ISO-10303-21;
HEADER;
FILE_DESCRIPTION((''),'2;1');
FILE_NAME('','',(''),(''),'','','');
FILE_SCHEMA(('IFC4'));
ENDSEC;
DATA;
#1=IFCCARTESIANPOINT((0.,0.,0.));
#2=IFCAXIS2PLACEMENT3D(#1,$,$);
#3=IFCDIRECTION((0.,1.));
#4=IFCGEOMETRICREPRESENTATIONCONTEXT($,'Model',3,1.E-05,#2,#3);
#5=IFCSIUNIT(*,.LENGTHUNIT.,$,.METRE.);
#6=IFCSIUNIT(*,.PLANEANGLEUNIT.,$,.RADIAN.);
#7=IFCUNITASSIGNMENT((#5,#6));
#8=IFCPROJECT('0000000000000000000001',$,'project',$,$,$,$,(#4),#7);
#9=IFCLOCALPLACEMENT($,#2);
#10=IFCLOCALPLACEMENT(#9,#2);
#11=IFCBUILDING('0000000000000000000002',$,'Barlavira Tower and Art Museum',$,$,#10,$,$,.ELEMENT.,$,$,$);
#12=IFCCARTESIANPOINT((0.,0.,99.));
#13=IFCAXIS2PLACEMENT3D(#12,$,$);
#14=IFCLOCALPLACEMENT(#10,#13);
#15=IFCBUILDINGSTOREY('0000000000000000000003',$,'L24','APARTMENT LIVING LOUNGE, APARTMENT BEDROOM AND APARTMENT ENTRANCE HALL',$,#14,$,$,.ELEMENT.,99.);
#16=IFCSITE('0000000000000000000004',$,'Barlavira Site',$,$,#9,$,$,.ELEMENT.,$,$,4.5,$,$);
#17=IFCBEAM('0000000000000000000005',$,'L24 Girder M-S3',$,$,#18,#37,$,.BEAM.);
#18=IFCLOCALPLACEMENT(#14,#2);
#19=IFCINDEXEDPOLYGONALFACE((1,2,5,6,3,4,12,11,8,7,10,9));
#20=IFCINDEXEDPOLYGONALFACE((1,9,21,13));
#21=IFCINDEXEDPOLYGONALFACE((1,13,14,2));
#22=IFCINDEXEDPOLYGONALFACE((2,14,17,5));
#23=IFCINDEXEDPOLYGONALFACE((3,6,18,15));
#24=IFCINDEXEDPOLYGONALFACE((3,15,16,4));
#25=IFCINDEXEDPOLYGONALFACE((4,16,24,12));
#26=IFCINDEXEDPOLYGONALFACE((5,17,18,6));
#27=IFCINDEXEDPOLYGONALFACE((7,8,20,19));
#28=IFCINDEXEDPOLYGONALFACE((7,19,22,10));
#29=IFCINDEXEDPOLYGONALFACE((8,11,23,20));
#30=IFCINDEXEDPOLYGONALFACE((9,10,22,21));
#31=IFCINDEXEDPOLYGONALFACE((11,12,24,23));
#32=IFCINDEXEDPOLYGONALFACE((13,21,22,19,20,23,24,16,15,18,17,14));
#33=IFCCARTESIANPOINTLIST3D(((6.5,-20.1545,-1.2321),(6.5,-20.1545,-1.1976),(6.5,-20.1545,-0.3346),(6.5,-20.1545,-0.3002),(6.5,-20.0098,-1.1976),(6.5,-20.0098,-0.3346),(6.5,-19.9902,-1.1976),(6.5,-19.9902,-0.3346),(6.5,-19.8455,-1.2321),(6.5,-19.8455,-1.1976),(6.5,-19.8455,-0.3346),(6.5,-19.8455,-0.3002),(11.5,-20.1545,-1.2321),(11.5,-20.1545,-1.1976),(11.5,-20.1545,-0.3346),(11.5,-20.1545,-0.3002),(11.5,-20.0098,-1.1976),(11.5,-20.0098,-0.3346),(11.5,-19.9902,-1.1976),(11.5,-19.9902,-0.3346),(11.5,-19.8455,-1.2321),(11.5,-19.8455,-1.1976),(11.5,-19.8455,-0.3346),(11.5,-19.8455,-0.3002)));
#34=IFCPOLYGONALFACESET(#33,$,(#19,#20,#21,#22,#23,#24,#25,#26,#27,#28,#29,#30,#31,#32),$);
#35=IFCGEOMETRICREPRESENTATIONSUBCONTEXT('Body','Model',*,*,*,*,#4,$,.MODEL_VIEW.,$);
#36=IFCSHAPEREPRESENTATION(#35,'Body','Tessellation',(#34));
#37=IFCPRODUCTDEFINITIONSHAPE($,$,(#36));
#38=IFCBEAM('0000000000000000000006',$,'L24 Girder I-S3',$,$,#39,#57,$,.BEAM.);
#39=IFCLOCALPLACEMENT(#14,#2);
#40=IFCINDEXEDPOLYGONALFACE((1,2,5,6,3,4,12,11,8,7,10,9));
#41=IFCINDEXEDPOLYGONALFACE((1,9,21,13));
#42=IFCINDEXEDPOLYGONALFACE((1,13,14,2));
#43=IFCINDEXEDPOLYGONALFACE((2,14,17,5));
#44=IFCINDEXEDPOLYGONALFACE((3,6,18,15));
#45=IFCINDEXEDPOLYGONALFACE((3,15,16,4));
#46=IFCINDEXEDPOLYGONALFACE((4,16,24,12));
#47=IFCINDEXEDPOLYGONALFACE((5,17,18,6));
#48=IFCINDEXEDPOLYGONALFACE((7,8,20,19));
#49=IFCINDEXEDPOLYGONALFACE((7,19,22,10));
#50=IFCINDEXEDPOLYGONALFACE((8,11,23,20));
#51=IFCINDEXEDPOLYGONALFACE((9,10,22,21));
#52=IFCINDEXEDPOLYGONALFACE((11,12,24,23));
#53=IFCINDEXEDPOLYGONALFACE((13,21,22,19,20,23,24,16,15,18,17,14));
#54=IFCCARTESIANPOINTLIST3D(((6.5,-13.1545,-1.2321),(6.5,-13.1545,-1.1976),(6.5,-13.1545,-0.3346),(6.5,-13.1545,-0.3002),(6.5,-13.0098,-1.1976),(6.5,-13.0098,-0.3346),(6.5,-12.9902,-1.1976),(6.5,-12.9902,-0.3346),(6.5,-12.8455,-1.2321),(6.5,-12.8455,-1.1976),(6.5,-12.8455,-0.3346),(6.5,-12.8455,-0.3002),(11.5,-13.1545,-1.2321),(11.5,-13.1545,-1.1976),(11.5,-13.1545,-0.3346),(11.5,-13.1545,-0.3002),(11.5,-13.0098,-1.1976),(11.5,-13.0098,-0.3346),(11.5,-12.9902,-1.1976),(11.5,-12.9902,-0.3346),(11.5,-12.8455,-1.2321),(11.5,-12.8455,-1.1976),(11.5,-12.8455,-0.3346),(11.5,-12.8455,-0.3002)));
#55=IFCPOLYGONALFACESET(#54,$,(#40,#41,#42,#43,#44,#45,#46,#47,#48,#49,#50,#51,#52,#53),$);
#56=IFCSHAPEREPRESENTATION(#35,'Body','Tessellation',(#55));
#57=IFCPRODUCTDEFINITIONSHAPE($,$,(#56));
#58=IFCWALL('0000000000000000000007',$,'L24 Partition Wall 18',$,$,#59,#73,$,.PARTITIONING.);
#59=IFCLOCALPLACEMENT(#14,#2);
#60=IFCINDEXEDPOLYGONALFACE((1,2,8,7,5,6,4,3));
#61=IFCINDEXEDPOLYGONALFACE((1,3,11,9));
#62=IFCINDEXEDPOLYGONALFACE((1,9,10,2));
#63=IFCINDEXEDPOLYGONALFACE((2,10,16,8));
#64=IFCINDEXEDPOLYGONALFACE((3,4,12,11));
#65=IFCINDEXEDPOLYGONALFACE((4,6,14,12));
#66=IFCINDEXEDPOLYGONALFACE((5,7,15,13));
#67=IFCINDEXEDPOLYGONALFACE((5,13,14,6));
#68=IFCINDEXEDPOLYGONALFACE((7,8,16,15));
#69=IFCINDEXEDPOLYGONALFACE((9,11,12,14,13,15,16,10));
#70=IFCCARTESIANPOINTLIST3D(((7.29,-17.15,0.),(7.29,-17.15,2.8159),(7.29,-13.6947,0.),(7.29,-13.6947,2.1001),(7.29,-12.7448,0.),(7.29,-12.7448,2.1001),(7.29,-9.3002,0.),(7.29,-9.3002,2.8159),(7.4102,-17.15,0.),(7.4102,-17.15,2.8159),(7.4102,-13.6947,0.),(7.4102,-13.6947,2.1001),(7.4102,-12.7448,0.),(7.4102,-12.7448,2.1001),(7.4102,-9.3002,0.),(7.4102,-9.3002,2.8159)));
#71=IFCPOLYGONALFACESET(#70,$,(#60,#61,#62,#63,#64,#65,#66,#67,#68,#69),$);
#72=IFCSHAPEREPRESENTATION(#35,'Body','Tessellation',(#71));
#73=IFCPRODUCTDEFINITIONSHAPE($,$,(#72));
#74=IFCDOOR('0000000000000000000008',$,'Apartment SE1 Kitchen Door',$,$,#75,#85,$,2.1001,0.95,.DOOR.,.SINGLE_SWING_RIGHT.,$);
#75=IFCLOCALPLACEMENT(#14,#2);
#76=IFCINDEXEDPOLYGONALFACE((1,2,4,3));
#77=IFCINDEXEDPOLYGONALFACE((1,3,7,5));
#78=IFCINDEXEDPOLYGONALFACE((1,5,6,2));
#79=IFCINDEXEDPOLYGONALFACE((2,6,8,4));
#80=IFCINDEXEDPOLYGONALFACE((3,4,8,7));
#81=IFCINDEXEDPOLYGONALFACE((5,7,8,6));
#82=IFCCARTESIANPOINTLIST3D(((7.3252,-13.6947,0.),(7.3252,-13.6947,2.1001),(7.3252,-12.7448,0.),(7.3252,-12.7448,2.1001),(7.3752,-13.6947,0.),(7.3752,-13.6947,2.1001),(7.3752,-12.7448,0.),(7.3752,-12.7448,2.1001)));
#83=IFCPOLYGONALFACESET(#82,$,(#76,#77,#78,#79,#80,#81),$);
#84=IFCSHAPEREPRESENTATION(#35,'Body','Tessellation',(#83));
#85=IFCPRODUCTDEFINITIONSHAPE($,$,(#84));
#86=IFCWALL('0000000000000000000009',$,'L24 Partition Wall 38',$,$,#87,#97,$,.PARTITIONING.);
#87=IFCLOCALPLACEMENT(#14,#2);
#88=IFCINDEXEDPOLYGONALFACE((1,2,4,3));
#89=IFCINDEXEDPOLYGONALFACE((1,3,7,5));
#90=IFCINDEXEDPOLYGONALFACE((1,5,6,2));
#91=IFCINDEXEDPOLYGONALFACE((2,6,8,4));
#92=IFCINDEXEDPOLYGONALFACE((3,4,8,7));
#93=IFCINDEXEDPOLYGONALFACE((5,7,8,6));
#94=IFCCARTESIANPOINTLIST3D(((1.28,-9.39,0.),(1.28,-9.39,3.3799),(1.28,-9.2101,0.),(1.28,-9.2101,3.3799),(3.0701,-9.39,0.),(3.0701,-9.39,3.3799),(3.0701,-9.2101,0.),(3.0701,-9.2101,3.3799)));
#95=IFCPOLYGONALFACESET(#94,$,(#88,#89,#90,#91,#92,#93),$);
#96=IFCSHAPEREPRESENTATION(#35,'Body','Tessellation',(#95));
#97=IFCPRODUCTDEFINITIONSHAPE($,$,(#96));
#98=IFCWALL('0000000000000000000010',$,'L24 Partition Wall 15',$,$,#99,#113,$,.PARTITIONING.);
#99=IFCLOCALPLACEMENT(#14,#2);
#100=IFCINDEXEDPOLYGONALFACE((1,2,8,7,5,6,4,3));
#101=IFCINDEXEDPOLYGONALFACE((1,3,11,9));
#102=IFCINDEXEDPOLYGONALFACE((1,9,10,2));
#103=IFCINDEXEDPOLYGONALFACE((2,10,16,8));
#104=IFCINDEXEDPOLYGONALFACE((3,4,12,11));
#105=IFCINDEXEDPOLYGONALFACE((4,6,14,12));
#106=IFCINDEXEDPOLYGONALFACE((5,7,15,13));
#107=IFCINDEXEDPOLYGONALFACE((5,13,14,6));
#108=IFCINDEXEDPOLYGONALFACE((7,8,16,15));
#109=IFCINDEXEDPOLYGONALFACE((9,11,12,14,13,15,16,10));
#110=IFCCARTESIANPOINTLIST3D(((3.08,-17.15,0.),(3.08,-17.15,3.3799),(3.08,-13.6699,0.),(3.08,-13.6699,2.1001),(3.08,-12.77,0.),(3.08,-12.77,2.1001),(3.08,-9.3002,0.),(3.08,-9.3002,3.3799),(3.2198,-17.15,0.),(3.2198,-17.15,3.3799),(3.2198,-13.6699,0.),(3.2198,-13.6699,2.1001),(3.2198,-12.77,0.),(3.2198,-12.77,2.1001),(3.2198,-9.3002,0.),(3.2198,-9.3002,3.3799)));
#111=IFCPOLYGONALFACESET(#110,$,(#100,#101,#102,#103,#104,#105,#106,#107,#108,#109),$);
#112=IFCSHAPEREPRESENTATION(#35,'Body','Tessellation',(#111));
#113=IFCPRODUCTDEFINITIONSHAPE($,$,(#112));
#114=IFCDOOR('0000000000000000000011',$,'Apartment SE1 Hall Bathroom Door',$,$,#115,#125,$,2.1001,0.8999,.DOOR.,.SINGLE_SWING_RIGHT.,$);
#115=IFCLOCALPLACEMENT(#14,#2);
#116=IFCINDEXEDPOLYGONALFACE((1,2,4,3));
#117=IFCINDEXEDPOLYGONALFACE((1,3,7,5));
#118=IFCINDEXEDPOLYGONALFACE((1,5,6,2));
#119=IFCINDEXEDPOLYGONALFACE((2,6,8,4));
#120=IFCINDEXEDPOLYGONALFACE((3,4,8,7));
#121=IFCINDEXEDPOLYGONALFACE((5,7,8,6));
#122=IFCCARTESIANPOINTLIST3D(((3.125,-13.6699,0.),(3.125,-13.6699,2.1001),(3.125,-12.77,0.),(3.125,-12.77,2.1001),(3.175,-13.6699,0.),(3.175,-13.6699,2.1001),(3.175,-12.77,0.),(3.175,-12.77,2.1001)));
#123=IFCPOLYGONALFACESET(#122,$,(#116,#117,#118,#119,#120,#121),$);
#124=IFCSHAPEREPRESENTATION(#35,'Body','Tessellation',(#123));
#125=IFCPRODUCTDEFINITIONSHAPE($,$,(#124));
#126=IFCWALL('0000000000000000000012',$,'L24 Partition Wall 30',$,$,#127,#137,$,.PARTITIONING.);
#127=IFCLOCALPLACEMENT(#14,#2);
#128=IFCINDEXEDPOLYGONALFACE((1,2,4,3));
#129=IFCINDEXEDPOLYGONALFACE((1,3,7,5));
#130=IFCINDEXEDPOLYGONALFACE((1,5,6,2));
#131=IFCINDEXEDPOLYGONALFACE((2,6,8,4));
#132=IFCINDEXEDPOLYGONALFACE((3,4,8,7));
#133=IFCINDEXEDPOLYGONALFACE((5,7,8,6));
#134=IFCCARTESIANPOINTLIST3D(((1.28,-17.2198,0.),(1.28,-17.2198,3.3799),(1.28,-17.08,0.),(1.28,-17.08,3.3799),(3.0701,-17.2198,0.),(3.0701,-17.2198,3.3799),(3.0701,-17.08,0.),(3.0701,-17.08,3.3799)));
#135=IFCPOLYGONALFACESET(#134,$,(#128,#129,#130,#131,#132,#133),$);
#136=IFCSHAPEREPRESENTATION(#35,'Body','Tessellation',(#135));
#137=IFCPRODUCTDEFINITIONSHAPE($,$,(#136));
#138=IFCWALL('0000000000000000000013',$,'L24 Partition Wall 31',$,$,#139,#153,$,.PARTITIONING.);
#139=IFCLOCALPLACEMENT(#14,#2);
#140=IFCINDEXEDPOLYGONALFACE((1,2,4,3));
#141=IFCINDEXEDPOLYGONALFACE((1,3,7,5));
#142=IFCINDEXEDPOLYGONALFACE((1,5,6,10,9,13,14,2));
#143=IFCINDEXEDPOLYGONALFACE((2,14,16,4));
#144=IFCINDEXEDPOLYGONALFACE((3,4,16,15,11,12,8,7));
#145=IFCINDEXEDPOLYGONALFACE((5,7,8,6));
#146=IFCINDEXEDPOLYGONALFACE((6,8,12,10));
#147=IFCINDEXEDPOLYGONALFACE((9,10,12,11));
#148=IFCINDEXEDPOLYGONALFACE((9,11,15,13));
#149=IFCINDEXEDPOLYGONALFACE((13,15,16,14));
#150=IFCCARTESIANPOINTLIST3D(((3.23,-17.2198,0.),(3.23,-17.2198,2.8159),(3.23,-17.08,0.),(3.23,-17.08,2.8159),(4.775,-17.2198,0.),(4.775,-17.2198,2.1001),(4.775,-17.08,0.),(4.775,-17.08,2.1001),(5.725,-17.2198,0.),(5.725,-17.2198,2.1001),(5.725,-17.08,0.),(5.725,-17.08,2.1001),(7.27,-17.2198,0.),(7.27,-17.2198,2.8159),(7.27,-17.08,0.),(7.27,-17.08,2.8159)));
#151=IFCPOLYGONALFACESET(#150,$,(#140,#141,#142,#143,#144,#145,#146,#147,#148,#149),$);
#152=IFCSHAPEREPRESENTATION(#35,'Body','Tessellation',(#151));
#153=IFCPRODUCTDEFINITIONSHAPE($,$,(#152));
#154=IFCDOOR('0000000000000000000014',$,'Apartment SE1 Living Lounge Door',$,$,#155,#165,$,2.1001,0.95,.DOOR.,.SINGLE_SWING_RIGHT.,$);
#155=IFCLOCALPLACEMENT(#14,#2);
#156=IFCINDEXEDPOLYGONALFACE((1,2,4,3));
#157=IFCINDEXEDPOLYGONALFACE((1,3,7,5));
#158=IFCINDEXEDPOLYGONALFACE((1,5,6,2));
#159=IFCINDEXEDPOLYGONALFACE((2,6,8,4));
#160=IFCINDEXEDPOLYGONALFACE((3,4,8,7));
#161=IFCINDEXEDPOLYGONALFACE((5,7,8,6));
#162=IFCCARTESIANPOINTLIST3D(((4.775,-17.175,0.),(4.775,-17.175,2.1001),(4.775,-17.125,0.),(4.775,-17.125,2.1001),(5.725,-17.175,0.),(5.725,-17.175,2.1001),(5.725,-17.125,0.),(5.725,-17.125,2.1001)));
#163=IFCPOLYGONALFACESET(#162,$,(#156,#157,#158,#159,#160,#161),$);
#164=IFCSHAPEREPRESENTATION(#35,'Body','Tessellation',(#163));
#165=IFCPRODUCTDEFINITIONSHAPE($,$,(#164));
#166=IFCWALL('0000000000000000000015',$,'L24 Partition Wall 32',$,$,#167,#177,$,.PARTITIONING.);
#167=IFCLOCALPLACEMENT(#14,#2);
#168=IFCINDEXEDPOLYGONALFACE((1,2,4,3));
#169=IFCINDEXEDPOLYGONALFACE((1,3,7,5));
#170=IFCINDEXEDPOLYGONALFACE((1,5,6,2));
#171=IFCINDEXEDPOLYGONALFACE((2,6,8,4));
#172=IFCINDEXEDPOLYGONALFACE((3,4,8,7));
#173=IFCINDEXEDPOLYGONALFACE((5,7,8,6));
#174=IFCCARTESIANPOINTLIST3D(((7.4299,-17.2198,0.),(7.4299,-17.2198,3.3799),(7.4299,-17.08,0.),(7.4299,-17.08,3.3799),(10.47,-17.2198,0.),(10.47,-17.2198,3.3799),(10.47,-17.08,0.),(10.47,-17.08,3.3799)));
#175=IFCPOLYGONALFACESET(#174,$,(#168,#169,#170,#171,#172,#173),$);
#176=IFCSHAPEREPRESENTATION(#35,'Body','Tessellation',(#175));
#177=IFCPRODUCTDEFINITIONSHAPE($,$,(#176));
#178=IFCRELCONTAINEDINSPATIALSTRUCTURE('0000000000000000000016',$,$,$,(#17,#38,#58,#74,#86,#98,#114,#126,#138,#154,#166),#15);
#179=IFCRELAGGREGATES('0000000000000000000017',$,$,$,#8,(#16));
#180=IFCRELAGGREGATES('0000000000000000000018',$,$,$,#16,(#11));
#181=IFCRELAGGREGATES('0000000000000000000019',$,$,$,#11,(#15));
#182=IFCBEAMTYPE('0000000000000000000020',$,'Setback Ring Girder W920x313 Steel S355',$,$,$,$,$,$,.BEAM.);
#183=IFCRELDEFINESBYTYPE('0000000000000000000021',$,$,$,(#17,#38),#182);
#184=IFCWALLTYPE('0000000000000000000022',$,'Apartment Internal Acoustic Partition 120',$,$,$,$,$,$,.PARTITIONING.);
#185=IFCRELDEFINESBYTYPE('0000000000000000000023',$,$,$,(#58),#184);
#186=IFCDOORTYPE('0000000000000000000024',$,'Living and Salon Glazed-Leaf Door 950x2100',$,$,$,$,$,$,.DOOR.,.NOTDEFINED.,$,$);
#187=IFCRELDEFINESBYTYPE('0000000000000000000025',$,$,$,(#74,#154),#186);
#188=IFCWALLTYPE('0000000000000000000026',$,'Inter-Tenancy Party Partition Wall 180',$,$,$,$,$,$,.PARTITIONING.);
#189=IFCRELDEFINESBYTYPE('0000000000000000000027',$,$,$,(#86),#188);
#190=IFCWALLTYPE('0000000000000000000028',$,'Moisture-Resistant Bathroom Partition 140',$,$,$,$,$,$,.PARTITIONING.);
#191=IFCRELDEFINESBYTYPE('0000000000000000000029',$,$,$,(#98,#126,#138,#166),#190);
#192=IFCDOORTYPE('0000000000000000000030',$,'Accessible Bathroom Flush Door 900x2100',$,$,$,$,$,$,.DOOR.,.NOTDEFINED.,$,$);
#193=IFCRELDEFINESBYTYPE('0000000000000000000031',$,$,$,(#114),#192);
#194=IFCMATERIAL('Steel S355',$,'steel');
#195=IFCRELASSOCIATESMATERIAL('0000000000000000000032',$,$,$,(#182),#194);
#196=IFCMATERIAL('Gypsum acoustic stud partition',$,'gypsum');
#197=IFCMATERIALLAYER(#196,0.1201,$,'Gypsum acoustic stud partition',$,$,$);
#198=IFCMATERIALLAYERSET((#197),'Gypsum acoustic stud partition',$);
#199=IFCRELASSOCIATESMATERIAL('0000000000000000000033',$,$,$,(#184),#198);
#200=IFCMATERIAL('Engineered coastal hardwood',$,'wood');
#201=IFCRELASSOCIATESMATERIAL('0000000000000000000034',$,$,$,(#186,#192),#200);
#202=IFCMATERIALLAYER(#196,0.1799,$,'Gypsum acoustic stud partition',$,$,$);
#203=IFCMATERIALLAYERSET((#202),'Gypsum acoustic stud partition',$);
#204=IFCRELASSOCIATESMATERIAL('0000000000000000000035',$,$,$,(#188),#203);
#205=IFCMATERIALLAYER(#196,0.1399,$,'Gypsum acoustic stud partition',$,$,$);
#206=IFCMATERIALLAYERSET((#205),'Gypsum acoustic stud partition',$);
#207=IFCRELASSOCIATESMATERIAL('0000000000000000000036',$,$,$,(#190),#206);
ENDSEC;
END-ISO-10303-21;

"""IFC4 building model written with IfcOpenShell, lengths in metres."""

from ifc_helpers import new_model, si_unit, direction, frame, frame_2d, origin, origin_2d, place, context, subcontext, project, spatial, rectangle, i_section, extrude, material, layer, layer_set, material_profile, profile_set, type_object, element, fill, save


model = new_model("IFC4")

# Units and contexts
model_context = context("Model", 3, precision=1e-05, world=origin(), true_north=direction((0.0, 1.0)))
body_context = subcontext(model_context, "Body", "Model", "MODEL_VIEW")
ifc_project = project(units=[si_unit("LENGTHUNIT", "METRE"), si_unit("PLANEANGLEUNIT", "RADIAN")], contexts=[model_context])

# Site, building, storey
site_placement = place(None, origin())
site = spatial("IfcSite", under=ifc_project, at=site_placement, Name="Barlavira Site", CompositionType="ELEMENT", RefElevation=4.5)
building_placement = place(site_placement, origin())
building = spatial("IfcBuilding", under=site, at=building_placement, Name="Barlavira Tower and Art Museum", CompositionType="ELEMENT")
storey_placement = place(building_placement, frame((0.0, 0.0, 99.0)))
storey = spatial("IfcBuildingStorey", under=building, at=storey_placement, Name="L24", Description="APARTMENT LIVING LOUNGE, APARTMENT BEDROOM AND APARTMENT ENTRANCE HALL", CompositionType="ELEMENT", Elevation=99.0)

# Beams
ifc_material_1 = material(Name="Steel S355", Category="steel")
ifc_material_profile = material_profile(ifc_material_1, i_section(OverallWidth=0.3091, OverallDepth=0.9319, WebThickness=0.0195, FlangeThickness=0.0344, at=origin_2d()), Name="W920x313.0")
ifc_profile_set = profile_set([ifc_material_profile], Name="Steel S355")
beam_type = type_object("IfcBeamType", Name="Setback Ring Girder W920x313 Steel S355", PredefinedType="BEAM", material=ifc_profile_set)
for number, where, z_axis, x_axis, name in (
    (1, (6.5, -20.0, -0.7661), (1.0, 0.0, 0.0), (0.0, 1.0, 0.0), "L24 Girder M-S3"),
    (2, (6.5, -13.0, -0.7661), (1.0, 0.0, 0.0), (0.0, 1.0, 0.0), "L24 Girder I-S3"),
):
    element("IfcBeam", number, at=place(storey_placement, frame(where, z_axis=z_axis, x_axis=x_axis)), inside=storey, type_object=beam_type, Name=name, PredefinedType="BEAM", context=body_context, shape_type="SweptSolid", body=[
        extrude(i_section(OverallWidth=0.3091, OverallDepth=0.9319, WebThickness=0.0195, FlangeThickness=0.0344, at=origin_2d()), origin(), (0.0, 0.0, 1.0), 5.0),
    ])

# Wall, opening, door
ifc_material_2 = material(Name="Gypsum acoustic stud partition", Category="gypsum")
ifc_layer_1 = layer(ifc_material_2, 0.1201, Name="Gypsum acoustic stud partition")
ifc_layer_set_1 = layer_set([ifc_layer_1], Name="Gypsum acoustic stud partition")
wall_type_1 = type_object("IfcWallType", Name="Apartment Internal Acoustic Partition 120", PredefinedType="PARTITIONING", material=ifc_layer_set_1)
wall_1_placement = place(storey_placement, frame((7.3501, -17.1499, 0.0), z_axis=(0.0, 0.0, 1.0), x_axis=(0.0, 1.0, 0.0)))
wall_1 = element("IfcWall", 3, at=wall_1_placement, inside=storey, type_object=wall_type_1, Name="L24 Partition Wall 18", PredefinedType="PARTITIONING", context=body_context, shape_type="SweptSolid", body=[
    extrude(rectangle(XDim=7.8499, YDim=0.1201, at=frame_2d((3.9248, 0.0))), origin(), (0.0, 0.0, 1.0), 2.8159),
])
opening_1_placement = place(wall_1_placement, frame((3.4551, 0.0, 0.0)))
opening_1 = element("IfcOpeningElement", 4, at=opening_1_placement, cuts=wall_1, PredefinedType="OPENING", context=body_context, shape_type="SweptSolid", body=[
    extrude(rectangle(XDim=0.95, YDim=2.1001, at=frame_2d((0.4751, 1.05))), frame((0.0, 0.0701, 0.0), z_axis=(0.0, -1.0, 0.0), x_axis=(1.0, 0.0, 0.0)), (0.0, 0.0, 1.0), 0.1401),
])
ifc_material_3 = material(Name="Engineered coastal hardwood", Category="wood")
door_type_1 = type_object("IfcDoorType", Name="Living and Salon Glazed-Leaf Door 950x2100", OperationType="NOTDEFINED", PredefinedType="DOOR", material=ifc_material_3)
door_1_placement = place(opening_1_placement, origin())
door_1 = element("IfcDoor", 5, at=door_1_placement, inside=storey, type_object=door_type_1, Name="Apartment SE1 Kitchen Door", OperationType="SINGLE_SWING_RIGHT", OverallHeight=2.1001, OverallWidth=0.95, PredefinedType="DOOR", context=body_context, shape_type="SweptSolid", body=[
    extrude(rectangle(XDim=0.95, YDim=2.1001, at=frame_2d((0.4751, 1.05))), frame((0.0, 0.0249, 0.0), z_axis=(0.0, -1.0, 0.0), x_axis=(1.0, 0.0, 0.0)), (0.0, 0.0, 1.0), 0.05),
])
fill(opening_1, door_1)

# Wall
ifc_layer_2 = layer(ifc_material_2, 0.1799, Name="Gypsum acoustic stud partition")
ifc_layer_set_2 = layer_set([ifc_layer_2], Name="Gypsum acoustic stud partition")
wall_type_2 = type_object("IfcWallType", Name="Inter-Tenancy Party Partition Wall 180", PredefinedType="PARTITIONING", material=ifc_layer_set_2)
wall_2_placement = place(storey_placement, frame((1.28, -9.3, 0.0), z_axis=(0.0, 0.0, 1.0), x_axis=(1.0, 0.0, 0.0)))
element("IfcWall", 6, at=wall_2_placement, inside=storey, type_object=wall_type_2, Name="L24 Partition Wall 38", PredefinedType="PARTITIONING", context=body_context, shape_type="SweptSolid", body=[
    extrude(rectangle(XDim=1.79, YDim=0.1799, at=frame_2d((0.895, 0.0))), origin(), (0.0, 0.0, 1.0), 3.3799),
])

# Wall, opening, door
ifc_layer_3 = layer(ifc_material_2, 0.1399, Name="Gypsum acoustic stud partition")
ifc_layer_set_3 = layer_set([ifc_layer_3], Name="Gypsum acoustic stud partition")
wall_type_3 = type_object("IfcWallType", Name="Moisture-Resistant Bathroom Partition 140", PredefinedType="PARTITIONING", material=ifc_layer_set_3)
wall_3_placement = place(storey_placement, frame((3.1499, -17.1499, 0.0), z_axis=(0.0, 0.0, 1.0), x_axis=(0.0, 1.0, 0.0)))
wall_3 = element("IfcWall", 7, at=wall_3_placement, inside=storey, type_object=wall_type_3, Name="L24 Partition Wall 15", PredefinedType="PARTITIONING", context=body_context, shape_type="SweptSolid", body=[
    extrude(rectangle(XDim=7.8499, YDim=0.1399, at=frame_2d((3.9248, 0.0))), origin(), (0.0, 0.0, 1.0), 3.3799),
])
opening_2_placement = place(wall_3_placement, frame((3.48, 0.0, 0.0)))
opening_2 = element("IfcOpeningElement", 8, at=opening_2_placement, cuts=wall_3, PredefinedType="OPENING", context=body_context, shape_type="SweptSolid", body=[
    extrude(rectangle(XDim=0.8999, YDim=2.1001, at=frame_2d((0.45, 1.05))), frame((0.0, 0.0801, 0.0), z_axis=(0.0, -1.0, 0.0), x_axis=(1.0, 0.0, 0.0)), (0.0, 0.0, 1.0), 0.1599),
])
door_type_2 = type_object("IfcDoorType", Name="Accessible Bathroom Flush Door 900x2100", OperationType="NOTDEFINED", PredefinedType="DOOR", material=ifc_material_3)
door_2_placement = place(opening_2_placement, origin())
door_2 = element("IfcDoor", 9, at=door_2_placement, inside=storey, type_object=door_type_2, Name="Apartment SE1 Hall Bathroom Door", OperationType="SINGLE_SWING_RIGHT", OverallHeight=2.1001, OverallWidth=0.8999, PredefinedType="DOOR", context=body_context, shape_type="SweptSolid", body=[
    extrude(rectangle(XDim=0.8999, YDim=2.1001, at=frame_2d((0.45, 1.05))), frame((0.0, 0.0249, 0.0), z_axis=(0.0, -1.0, 0.0), x_axis=(1.0, 0.0, 0.0)), (0.0, 0.0, 1.0), 0.05),
])
fill(opening_2, door_2)

# Wall
wall_4_placement = place(storey_placement, frame((1.28, -17.1499, 0.0), z_axis=(0.0, 0.0, 1.0), x_axis=(1.0, 0.0, 0.0)))
element("IfcWall", 10, at=wall_4_placement, inside=storey, type_object=wall_type_3, Name="L24 Partition Wall 30", PredefinedType="PARTITIONING", context=body_context, shape_type="SweptSolid", body=[
    extrude(rectangle(XDim=1.79, YDim=0.1399, at=frame_2d((0.895, 0.0))), origin(), (0.0, 0.0, 1.0), 3.3799),
])

# Wall, opening, door
wall_5_placement = place(storey_placement, frame((3.23, -17.1499, 0.0), z_axis=(0.0, 0.0, 1.0), x_axis=(1.0, 0.0, 0.0)))
wall_5 = element("IfcWall", 11, at=wall_5_placement, inside=storey, type_object=wall_type_3, Name="L24 Partition Wall 31", PredefinedType="PARTITIONING", context=body_context, shape_type="SweptSolid", body=[
    extrude(rectangle(XDim=4.04, YDim=0.1399, at=frame_2d((2.02, 0.0))), origin(), (0.0, 0.0, 1.0), 2.8159),
])
opening_3_placement = place(wall_5_placement, frame((1.5449, 0.0, 0.0)))
opening_3 = element("IfcOpeningElement", 12, at=opening_3_placement, cuts=wall_5, PredefinedType="OPENING", context=body_context, shape_type="SweptSolid", body=[
    extrude(rectangle(XDim=0.95, YDim=2.1001, at=frame_2d((0.4751, 1.05))), frame((0.0, 0.0801, 0.0), z_axis=(0.0, -1.0, 0.0), x_axis=(1.0, 0.0, 0.0)), (0.0, 0.0, 1.0), 0.1599),
])
door_3_placement = place(opening_3_placement, origin())
door_3 = element("IfcDoor", 13, at=door_3_placement, inside=storey, type_object=door_type_1, Name="Apartment SE1 Living Lounge Door", OperationType="SINGLE_SWING_RIGHT", OverallHeight=2.1001, OverallWidth=0.95, PredefinedType="DOOR", context=body_context, shape_type="SweptSolid", body=[
    extrude(rectangle(XDim=0.95, YDim=2.1001, at=frame_2d((0.4751, 1.05))), frame((0.0, 0.0249, 0.0), z_axis=(0.0, -1.0, 0.0), x_axis=(1.0, 0.0, 0.0)), (0.0, 0.0, 1.0), 0.05),
])
fill(opening_3, door_3)

# Wall
wall_6_placement = place(storey_placement, frame((7.4299, -17.1499, 0.0), z_axis=(0.0, 0.0, 1.0), x_axis=(1.0, 0.0, 0.0)))
element("IfcWall", 14, at=wall_6_placement, inside=storey, type_object=wall_type_3, Name="L24 Partition Wall 32", PredefinedType="PARTITIONING", context=body_context, shape_type="SweptSolid", body=[
    extrude(rectangle(XDim=3.04, YDim=0.1399, at=frame_2d((1.52, 0.0))), origin(), (0.0, 0.0, 1.0), 3.3799),
])

save(model, "model.ifc")
